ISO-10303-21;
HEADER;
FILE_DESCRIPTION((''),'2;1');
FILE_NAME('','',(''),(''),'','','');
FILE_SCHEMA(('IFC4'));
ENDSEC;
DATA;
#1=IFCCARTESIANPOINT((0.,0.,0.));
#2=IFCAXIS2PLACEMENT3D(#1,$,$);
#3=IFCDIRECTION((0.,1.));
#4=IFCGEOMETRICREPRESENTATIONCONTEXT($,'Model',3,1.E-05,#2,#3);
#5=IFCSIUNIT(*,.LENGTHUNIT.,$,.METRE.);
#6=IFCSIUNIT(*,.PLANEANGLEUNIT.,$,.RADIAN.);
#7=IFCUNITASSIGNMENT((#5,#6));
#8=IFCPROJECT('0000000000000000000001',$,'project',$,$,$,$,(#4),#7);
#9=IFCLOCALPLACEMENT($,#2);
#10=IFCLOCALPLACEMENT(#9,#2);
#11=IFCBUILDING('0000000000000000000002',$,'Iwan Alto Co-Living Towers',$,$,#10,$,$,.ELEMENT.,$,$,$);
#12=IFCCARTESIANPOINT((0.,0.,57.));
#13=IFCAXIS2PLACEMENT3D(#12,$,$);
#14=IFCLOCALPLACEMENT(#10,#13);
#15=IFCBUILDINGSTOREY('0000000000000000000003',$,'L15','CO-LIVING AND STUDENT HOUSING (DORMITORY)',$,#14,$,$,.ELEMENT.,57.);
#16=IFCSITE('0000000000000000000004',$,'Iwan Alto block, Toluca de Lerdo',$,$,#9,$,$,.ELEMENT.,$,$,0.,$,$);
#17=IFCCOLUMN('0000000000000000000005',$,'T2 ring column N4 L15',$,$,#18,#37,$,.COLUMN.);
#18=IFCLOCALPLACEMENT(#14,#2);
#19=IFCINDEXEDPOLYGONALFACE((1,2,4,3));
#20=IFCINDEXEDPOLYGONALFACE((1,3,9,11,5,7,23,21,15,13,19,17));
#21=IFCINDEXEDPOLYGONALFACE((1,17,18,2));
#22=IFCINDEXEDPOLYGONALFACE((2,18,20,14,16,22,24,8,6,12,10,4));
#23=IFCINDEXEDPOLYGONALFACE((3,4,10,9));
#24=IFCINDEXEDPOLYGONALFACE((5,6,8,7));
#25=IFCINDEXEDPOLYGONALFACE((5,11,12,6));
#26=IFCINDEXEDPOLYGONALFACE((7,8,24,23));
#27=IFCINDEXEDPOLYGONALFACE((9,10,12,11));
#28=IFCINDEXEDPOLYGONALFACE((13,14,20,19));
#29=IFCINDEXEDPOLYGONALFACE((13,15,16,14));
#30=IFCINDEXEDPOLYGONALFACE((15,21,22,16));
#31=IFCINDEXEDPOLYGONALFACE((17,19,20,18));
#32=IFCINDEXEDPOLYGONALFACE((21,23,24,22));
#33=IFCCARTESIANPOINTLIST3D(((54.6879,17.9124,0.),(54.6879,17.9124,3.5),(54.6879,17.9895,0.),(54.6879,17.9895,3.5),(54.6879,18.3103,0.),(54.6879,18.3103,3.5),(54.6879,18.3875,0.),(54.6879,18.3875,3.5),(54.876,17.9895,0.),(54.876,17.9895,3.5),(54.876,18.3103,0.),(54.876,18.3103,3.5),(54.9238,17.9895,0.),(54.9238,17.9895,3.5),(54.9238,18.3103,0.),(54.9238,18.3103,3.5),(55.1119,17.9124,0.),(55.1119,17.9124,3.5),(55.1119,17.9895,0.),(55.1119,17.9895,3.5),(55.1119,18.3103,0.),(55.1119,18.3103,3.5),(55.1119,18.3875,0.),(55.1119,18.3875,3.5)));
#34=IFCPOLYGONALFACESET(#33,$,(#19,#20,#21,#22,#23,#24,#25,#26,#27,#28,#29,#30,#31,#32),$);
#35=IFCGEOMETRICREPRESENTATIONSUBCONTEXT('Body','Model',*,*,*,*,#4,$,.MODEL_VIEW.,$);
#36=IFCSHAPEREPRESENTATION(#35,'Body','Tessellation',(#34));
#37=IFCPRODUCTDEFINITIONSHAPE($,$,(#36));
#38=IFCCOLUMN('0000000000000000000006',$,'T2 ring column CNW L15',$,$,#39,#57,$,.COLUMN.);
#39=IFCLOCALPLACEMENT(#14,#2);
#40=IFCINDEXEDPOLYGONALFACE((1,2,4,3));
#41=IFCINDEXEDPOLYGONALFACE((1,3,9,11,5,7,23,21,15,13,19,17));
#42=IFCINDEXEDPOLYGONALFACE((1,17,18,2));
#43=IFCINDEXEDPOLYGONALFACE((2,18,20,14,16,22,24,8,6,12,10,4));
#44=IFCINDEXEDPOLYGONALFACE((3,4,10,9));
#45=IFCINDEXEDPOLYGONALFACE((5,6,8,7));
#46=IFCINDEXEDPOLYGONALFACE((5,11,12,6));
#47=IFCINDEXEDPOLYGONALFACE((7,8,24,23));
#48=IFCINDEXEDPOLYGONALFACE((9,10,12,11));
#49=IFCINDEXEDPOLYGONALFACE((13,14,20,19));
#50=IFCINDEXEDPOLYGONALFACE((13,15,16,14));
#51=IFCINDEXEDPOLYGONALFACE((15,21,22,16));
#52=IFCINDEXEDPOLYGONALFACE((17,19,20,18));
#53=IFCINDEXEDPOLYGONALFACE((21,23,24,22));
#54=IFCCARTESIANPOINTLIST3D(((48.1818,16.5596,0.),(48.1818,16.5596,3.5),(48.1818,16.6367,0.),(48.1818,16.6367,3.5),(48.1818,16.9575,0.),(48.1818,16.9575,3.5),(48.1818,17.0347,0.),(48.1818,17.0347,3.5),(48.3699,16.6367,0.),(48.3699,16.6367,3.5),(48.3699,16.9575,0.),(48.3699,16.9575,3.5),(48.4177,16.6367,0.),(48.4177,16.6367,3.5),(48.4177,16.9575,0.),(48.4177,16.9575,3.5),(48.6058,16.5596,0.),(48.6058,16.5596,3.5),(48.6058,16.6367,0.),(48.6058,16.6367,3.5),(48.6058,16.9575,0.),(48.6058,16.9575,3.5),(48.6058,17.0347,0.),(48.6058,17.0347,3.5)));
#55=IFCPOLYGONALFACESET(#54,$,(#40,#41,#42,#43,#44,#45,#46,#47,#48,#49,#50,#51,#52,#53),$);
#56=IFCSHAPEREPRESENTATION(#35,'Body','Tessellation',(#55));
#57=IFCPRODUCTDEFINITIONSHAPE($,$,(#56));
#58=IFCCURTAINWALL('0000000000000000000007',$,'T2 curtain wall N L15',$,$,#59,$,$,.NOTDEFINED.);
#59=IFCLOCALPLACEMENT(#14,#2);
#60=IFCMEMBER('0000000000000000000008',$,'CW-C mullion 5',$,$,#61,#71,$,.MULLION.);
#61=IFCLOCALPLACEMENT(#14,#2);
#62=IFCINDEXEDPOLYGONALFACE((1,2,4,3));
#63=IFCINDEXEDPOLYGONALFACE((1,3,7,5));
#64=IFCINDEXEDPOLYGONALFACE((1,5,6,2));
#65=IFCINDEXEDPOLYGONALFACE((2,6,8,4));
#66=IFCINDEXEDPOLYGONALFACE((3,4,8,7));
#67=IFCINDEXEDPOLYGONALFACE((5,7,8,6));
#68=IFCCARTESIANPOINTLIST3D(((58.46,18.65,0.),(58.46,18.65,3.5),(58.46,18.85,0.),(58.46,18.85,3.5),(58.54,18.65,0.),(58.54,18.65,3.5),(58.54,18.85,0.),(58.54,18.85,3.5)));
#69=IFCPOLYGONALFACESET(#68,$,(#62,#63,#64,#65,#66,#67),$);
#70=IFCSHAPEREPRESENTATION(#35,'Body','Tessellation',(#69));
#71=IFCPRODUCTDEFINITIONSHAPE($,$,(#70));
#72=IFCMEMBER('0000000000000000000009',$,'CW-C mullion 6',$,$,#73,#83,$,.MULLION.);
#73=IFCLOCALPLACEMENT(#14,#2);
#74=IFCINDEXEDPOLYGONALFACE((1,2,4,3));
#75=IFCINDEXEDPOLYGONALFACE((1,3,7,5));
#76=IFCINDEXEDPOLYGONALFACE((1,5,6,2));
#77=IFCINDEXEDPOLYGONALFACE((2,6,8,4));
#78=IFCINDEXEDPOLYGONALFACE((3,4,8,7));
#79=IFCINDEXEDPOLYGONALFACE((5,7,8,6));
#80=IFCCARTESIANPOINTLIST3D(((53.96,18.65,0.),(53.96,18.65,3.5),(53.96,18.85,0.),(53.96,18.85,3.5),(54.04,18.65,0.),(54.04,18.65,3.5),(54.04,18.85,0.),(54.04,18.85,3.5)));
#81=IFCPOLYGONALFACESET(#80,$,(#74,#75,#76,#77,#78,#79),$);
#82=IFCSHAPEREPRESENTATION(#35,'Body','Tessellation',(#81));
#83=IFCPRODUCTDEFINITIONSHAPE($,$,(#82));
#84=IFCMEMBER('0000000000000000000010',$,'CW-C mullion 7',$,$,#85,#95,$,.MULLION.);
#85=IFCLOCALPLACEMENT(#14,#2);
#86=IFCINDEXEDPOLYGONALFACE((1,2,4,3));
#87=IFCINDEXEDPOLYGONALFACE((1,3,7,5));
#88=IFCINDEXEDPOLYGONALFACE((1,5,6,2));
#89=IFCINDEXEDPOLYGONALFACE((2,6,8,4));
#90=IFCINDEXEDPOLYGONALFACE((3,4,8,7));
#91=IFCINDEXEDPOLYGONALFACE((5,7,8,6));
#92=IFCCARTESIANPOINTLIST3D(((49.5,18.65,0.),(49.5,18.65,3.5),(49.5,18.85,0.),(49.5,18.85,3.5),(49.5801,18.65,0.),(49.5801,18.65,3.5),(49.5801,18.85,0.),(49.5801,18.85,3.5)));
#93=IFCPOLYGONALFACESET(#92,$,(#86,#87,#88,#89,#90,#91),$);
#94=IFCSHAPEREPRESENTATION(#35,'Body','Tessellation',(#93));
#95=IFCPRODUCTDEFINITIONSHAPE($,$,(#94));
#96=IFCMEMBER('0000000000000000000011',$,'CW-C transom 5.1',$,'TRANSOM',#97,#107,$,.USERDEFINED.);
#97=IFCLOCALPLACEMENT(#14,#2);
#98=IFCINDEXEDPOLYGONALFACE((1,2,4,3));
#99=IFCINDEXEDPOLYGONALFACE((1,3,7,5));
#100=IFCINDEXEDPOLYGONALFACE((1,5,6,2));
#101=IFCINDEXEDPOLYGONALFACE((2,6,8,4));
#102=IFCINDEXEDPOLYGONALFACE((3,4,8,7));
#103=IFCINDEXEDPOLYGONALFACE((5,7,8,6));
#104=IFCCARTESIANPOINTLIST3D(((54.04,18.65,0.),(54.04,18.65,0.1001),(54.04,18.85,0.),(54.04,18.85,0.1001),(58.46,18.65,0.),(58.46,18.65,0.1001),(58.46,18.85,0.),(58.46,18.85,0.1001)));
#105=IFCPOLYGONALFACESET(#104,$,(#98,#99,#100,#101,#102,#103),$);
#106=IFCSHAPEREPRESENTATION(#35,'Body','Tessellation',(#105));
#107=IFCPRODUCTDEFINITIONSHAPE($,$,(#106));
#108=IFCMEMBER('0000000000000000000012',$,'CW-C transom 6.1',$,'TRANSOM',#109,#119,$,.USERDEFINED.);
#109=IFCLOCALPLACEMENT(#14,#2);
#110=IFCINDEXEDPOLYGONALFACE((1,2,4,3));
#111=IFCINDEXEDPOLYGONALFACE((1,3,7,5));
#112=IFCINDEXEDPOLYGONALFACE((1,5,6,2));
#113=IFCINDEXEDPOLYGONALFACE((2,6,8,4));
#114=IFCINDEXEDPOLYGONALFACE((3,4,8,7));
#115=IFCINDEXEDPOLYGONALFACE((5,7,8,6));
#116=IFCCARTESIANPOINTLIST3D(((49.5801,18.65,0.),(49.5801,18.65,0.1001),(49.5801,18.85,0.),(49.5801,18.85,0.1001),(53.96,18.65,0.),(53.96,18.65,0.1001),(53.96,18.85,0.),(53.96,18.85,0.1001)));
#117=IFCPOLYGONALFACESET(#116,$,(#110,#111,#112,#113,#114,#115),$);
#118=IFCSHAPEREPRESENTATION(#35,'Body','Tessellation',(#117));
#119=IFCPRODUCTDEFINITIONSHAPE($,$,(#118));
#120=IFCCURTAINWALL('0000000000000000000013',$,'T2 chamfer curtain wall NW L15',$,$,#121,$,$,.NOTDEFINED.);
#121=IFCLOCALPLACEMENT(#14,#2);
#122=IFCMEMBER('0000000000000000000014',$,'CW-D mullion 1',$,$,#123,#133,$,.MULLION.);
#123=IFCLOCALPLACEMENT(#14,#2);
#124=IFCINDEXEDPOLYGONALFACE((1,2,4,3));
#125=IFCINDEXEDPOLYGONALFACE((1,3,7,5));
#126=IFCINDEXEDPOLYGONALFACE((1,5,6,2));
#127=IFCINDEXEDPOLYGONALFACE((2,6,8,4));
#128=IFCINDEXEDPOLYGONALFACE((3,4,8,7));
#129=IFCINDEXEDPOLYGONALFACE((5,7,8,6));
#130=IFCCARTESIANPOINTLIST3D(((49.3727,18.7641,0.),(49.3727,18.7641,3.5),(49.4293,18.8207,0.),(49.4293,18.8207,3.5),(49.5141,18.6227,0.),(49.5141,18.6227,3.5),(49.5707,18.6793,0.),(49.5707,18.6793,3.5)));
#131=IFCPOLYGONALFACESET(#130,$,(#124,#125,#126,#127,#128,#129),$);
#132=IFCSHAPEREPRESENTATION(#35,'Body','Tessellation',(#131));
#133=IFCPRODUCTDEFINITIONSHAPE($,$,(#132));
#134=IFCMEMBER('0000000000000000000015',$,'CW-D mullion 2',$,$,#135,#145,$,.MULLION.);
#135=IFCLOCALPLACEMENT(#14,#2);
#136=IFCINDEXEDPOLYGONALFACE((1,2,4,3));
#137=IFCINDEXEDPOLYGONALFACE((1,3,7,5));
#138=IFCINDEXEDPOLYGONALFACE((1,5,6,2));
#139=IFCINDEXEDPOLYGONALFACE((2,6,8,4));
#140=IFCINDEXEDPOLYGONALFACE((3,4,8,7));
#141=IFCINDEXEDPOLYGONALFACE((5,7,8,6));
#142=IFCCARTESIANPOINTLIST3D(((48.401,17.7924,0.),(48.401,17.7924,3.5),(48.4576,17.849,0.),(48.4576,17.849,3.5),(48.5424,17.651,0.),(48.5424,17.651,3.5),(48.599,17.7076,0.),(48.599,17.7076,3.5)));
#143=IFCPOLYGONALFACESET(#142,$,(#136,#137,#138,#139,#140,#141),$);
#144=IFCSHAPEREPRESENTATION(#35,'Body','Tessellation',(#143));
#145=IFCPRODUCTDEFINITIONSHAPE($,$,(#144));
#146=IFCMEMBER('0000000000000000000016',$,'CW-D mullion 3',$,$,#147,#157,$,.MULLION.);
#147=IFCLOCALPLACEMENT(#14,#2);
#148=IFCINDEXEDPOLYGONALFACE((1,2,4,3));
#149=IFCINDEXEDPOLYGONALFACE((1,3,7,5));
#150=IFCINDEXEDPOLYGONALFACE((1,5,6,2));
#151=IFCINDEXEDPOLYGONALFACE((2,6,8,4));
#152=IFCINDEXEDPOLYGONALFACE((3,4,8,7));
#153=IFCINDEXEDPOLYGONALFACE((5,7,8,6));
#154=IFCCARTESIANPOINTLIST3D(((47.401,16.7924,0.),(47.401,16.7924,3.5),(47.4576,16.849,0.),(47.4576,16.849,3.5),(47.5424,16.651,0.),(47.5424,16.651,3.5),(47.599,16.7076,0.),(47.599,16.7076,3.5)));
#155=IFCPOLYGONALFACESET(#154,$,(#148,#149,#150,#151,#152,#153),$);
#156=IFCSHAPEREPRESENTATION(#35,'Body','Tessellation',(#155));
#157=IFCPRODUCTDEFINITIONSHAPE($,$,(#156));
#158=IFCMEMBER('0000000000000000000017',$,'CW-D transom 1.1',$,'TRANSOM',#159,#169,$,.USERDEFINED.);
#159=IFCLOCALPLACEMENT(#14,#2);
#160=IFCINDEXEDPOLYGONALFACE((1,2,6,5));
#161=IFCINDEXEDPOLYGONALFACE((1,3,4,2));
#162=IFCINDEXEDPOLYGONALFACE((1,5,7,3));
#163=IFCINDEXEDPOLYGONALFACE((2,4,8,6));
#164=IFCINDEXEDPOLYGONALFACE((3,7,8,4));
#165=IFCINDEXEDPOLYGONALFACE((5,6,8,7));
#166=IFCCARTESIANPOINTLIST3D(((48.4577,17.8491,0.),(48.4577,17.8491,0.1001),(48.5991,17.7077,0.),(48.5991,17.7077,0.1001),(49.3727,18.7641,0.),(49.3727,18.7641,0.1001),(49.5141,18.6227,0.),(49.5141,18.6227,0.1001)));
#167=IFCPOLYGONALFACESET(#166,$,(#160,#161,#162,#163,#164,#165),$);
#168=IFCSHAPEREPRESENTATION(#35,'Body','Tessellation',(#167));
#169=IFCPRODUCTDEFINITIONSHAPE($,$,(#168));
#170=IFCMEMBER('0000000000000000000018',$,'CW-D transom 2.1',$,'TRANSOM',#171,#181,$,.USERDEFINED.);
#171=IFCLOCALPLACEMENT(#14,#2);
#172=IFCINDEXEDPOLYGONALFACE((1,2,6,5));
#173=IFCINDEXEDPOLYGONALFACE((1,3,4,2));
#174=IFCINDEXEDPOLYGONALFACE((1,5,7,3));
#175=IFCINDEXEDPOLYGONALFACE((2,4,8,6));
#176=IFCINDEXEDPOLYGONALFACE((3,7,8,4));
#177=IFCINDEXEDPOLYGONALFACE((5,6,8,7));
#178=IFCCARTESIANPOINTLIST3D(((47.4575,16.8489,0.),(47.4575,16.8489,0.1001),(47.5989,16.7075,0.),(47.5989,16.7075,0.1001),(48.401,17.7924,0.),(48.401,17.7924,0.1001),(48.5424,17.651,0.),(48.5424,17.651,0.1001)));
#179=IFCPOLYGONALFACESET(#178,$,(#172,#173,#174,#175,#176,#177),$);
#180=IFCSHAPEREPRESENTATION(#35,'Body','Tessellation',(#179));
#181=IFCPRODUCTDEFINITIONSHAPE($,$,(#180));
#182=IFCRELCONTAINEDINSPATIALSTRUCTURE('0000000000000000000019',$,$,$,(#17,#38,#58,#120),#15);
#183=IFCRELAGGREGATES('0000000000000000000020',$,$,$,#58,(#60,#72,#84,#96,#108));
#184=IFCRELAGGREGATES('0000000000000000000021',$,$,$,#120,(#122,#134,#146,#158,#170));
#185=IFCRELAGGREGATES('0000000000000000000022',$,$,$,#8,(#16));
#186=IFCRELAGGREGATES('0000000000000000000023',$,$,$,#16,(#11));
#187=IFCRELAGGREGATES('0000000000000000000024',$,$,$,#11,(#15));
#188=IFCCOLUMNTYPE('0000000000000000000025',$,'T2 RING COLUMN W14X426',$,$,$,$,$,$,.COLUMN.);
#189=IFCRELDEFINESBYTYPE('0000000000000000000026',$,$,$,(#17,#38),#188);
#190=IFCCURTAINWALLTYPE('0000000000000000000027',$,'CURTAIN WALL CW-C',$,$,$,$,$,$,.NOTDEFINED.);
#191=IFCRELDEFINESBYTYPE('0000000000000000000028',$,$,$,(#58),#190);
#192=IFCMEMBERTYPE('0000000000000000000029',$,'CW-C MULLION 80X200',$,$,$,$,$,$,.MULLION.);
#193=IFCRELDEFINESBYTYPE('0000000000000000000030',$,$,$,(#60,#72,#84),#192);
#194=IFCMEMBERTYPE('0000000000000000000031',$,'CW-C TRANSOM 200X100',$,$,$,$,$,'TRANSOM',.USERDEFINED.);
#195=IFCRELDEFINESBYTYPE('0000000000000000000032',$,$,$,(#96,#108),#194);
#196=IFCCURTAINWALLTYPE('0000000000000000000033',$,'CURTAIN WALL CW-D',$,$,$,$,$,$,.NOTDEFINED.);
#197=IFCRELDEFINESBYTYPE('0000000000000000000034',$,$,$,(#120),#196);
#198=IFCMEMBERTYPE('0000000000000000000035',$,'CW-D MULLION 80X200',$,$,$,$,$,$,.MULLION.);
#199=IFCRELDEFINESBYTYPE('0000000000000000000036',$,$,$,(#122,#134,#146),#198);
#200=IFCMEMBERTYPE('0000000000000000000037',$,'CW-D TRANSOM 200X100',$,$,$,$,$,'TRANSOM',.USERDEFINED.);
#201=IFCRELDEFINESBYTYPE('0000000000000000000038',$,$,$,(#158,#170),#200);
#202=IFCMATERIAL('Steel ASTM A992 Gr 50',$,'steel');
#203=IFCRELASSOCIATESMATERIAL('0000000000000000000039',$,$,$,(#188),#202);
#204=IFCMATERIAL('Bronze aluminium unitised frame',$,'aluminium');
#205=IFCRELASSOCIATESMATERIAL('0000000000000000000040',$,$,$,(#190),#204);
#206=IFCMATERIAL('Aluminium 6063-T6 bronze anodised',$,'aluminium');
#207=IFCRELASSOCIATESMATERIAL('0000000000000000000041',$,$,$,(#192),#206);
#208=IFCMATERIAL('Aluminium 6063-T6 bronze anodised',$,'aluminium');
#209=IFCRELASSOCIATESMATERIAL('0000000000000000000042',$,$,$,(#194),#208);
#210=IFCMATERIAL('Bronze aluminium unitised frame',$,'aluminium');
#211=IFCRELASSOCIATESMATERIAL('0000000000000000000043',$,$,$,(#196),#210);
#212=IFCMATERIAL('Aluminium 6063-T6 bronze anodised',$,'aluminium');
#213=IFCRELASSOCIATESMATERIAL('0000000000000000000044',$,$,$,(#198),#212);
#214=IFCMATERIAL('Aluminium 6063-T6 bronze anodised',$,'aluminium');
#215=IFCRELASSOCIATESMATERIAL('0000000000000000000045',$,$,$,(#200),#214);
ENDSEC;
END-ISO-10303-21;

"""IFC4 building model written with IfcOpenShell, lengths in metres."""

from ifc_helpers import new_model, si_unit, direction, frame, origin, origin_2d, place, context, subcontext, project, spatial, rectangle, i_section, extrude, material, material_profile, profile_set, type_object, element, aggregate, save


model = new_model("IFC4")

# Units and contexts
model_context = context("Model", 3, precision=1e-05, world=origin(), true_north=direction((0.0, 1.0)))
body_context = subcontext(model_context, "Body", "Model", "MODEL_VIEW")
ifc_project = project(units=[si_unit("LENGTHUNIT", "METRE"), si_unit("PLANEANGLEUNIT", "RADIAN")], contexts=[model_context])

# Site, building, storey
site_placement = place(None, origin())
site = spatial("IfcSite", under=ifc_project, at=site_placement, Name="Iwan Alto block, Toluca de Lerdo", CompositionType="ELEMENT", RefElevation=0.0)
building_placement = place(site_placement, origin())
building = spatial("IfcBuilding", under=site, at=building_placement, Name="Iwan Alto Co-Living Towers", CompositionType="ELEMENT")
storey_placement = place(building_placement, frame((0.0, 0.0, 57.0)))
storey = spatial("IfcBuildingStorey", under=building, at=storey_placement, Name="L15", Description="CO-LIVING AND STUDENT HOUSING (DORMITORY)", CompositionType="ELEMENT", Elevation=57.0)

# Columns
ifc_material_1 = material(Name="Steel ASTM A992 Gr 50", Category="steel")
ifc_material_profile_1 = material_profile(ifc_material_1, i_section(OverallWidth=0.4241, OverallDepth=0.4751, WebThickness=0.0479, FlangeThickness=0.0771, at=origin_2d()), Name="W14X426")
ifc_profile_set_1 = profile_set([ifc_material_profile_1], Name="Steel ASTM A992 Gr 50")
column_type = type_object("IfcColumnType", Name="T2 RING COLUMN W14X426", PredefinedType="COLUMN", material=ifc_profile_set_1)
for number, where, z_axis, x_axis, name in (
    (1, (54.8999, 18.1499, 0.0), (0.0, 0.0, 1.0), (1.0, 0.0, 0.0), "T2 ring column N4 L15"),
    (2, (48.3938, 16.7971, 0.0), (0.0, 0.0, 1.0), (1.0, 0.0, 0.0), "T2 ring column CNW L15"),
):
    element("IfcColumn", number, at=place(storey_placement, frame(where, z_axis=z_axis, x_axis=x_axis)), inside=storey, type_object=column_type, Name=name, PredefinedType="COLUMN", context=body_context, shape_type="SweptSolid", body=[
        extrude(i_section(OverallWidth=0.4241, OverallDepth=0.4751, WebThickness=0.0479, FlangeThickness=0.0771, at=origin_2d()), origin(), (0.0, 0.0, 1.0), 3.5),
    ])

# Curtain walls, members
ifc_material_2 = material(Name="Bronze aluminium unitised frame", Category="aluminium")
curtain_wall_type_1 = type_object("IfcCurtainWallType", Name="CURTAIN WALL CW-C", PredefinedType="NOTDEFINED", material=ifc_material_2)
curtain_wall_1_placement = place(storey_placement, origin())
curtain_wall_1 = element("IfcCurtainWall", 3, at=curtain_wall_1_placement, inside=storey, type_object=curtain_wall_type_1, Name="T2 curtain wall N L15", PredefinedType="NOTDEFINED")
ifc_material_3 = material(Name="Aluminium 6063-T6 bronze anodised", Category="aluminium")
ifc_material_profile_2 = material_profile(ifc_material_3, rectangle(XDim=0.2, YDim=0.0801, at=origin_2d()), Name="AL 80X200")
ifc_profile_set_2 = profile_set([ifc_material_profile_2], Name="Aluminium 6063-T6 bronze anodised")
member_type_1 = type_object("IfcMemberType", Name="CW-C MULLION 80X200", PredefinedType="MULLION", material=ifc_profile_set_2)
member_1_placement = place(storey_placement, frame((58.5, 18.75, 0.0), z_axis=(0.0, 0.0, 1.0), x_axis=(0.0, -1.0, 0.0)))
member_1 = element("IfcMember", 4, at=member_1_placement, type_object=member_type_1, Name="CW-C mullion 5", PredefinedType="MULLION", context=body_context, shape_type="SweptSolid", body=[
    extrude(rectangle(XDim=0.2, YDim=0.0801, at=origin_2d()), origin(), (0.0, 0.0, 1.0), 3.5),
])
member_2_placement = place(storey_placement, frame((54.0, 18.75, 0.0), z_axis=(0.0, 0.0, 1.0), x_axis=(0.0, -1.0, 0.0)))
member_2 = element("IfcMember", 5, at=member_2_placement, type_object=member_type_1, Name="CW-C mullion 6", PredefinedType="MULLION", context=body_context, shape_type="SweptSolid", body=[
    extrude(rectangle(XDim=0.2, YDim=0.0801, at=origin_2d()), origin(), (0.0, 0.0, 1.0), 3.5),
])
member_3_placement = place(storey_placement, frame((49.54, 18.75, 0.0), z_axis=(0.0, 0.0, 1.0), x_axis=(0.0, -1.0, 0.0)))
member_3 = element("IfcMember", 6, at=member_3_placement, type_object=member_type_1, Name="CW-C mullion 7", PredefinedType="MULLION", context=body_context, shape_type="SweptSolid", body=[
    extrude(rectangle(XDim=0.2, YDim=0.0801, at=origin_2d()), origin(), (0.0, 0.0, 1.0), 3.5),
])
ifc_material_4 = material(Name="Aluminium 6063-T6 bronze anodised", Category="aluminium")
ifc_material_profile_3 = material_profile(ifc_material_4, rectangle(XDim=0.2, YDim=0.1001, at=origin_2d()), Name="AL 200X100")
ifc_profile_set_3 = profile_set([ifc_material_profile_3], Name="Aluminium 6063-T6 bronze anodised")
member_type_2 = type_object("IfcMemberType", Name="CW-C TRANSOM 200X100", ElementType="TRANSOM", PredefinedType="USERDEFINED", material=ifc_profile_set_3)
member_4_placement = place(storey_placement, frame((58.46, 18.75, 0.05), z_axis=(-1.0, 0.0, 0.0), x_axis=(0.0, -1.0, 0.0)))
member_4 = element("IfcMember", 7, at=member_4_placement, type_object=member_type_2, Name="CW-C transom 5.1", ObjectType="TRANSOM", PredefinedType="USERDEFINED", context=body_context, shape_type="SweptSolid", body=[
    extrude(rectangle(XDim=0.2, YDim=0.1001, at=origin_2d()), origin(), (0.0, 0.0, 1.0), 4.4199),
])
member_5_placement = place(storey_placement, frame((53.96, 18.75, 0.05), z_axis=(-1.0, 0.0, 0.0), x_axis=(0.0, -1.0, 0.0)))
member_5 = element("IfcMember", 8, at=member_5_placement, type_object=member_type_2, Name="CW-C transom 6.1", ObjectType="TRANSOM", PredefinedType="USERDEFINED", context=body_context, shape_type="SweptSolid", body=[
    extrude(rectangle(XDim=0.2, YDim=0.1001, at=origin_2d()), origin(), (0.0, 0.0, 1.0), 4.3799),
])
ifc_material_5 = material(Name="Bronze aluminium unitised frame", Category="aluminium")
curtain_wall_type_2 = type_object("IfcCurtainWallType", Name="CURTAIN WALL CW-D", PredefinedType="NOTDEFINED", material=ifc_material_5)
curtain_wall_2_placement = place(storey_placement, origin())
curtain_wall_2 = element("IfcCurtainWall", 9, at=curtain_wall_2_placement, inside=storey, type_object=curtain_wall_type_2, Name="T2 chamfer curtain wall NW L15", PredefinedType="NOTDEFINED")
ifc_material_6 = material(Name="Aluminium 6063-T6 bronze anodised", Category="aluminium")
ifc_material_profile_4 = material_profile(ifc_material_6, rectangle(XDim=0.2, YDim=0.0801, at=origin_2d()), Name="AL 80X200")
ifc_profile_set_4 = profile_set([ifc_material_profile_4], Name="Aluminium 6063-T6 bronze anodised")
member_type_3 = type_object("IfcMemberType", Name="CW-D MULLION 80X200", PredefinedType="MULLION", material=ifc_profile_set_4)
member_6_placement = place(storey_placement, frame((49.4717, 18.7217, 0.0), z_axis=(0.0, 0.0, 1.0), x_axis=(0.707107, -0.707107, 0.0)))
member_6 = element("IfcMember", 10, at=member_6_placement, type_object=member_type_3, Name="CW-D mullion 1", PredefinedType="MULLION", context=body_context, shape_type="SweptSolid", body=[
    extrude(rectangle(XDim=0.2, YDim=0.0801, at=origin_2d()), origin(), (0.0, 0.0, 1.0), 3.5),
])
member_7_placement = place(storey_placement, frame((48.5, 17.75, 0.0), z_axis=(0.0, 0.0, 1.0), x_axis=(0.707107, -0.707107, 0.0)))
member_7 = element("IfcMember", 11, at=member_7_placement, type_object=member_type_3, Name="CW-D mullion 2", PredefinedType="MULLION", context=body_context, shape_type="SweptSolid", body=[
    extrude(rectangle(XDim=0.2, YDim=0.0801, at=origin_2d()), origin(), (0.0, 0.0, 1.0), 3.5),
])
member_8_placement = place(storey_placement, frame((47.5, 16.75, 0.0), z_axis=(0.0, 0.0, 1.0), x_axis=(0.707107, -0.707107, 0.0)))
member_8 = element("IfcMember", 12, at=member_8_placement, type_object=member_type_3, Name="CW-D mullion 3", PredefinedType="MULLION", context=body_context, shape_type="SweptSolid", body=[
    extrude(rectangle(XDim=0.2, YDim=0.0801, at=origin_2d()), origin(), (0.0, 0.0, 1.0), 3.5),
])
ifc_material_7 = material(Name="Aluminium 6063-T6 bronze anodised", Category="aluminium")
ifc_material_profile_5 = material_profile(ifc_material_7, rectangle(XDim=0.2, YDim=0.1001, at=origin_2d()), Name="AL 200X100")
ifc_profile_set_5 = profile_set([ifc_material_profile_5], Name="Aluminium 6063-T6 bronze anodised")
member_type_4 = type_object("IfcMemberType", Name="CW-D TRANSOM 200X100", ElementType="TRANSOM", PredefinedType="USERDEFINED", material=ifc_profile_set_5)
member_9_placement = place(storey_placement, frame((49.4434, 18.6934, 0.05), z_axis=(-0.707107, -0.707107, 0.0), x_axis=(0.707107, -0.707107, 0.0)))
member_9 = element("IfcMember", 13, at=member_9_placement, type_object=member_type_4, Name="CW-D transom 1.1", ObjectType="TRANSOM", PredefinedType="USERDEFINED", context=body_context, shape_type="SweptSolid", body=[
    extrude(rectangle(XDim=0.2, YDim=0.1001, at=origin_2d()), origin(), (0.0, 0.0, 1.0), 1.2939),
])
member_10_placement = place(storey_placement, frame((48.4717, 17.7217, 0.05), z_axis=(-0.707107, -0.707107, 0.0), x_axis=(0.707107, -0.707107, 0.0)))
member_10 = element("IfcMember", 14, at=member_10_placement, type_object=member_type_4, Name="CW-D transom 2.1", ObjectType="TRANSOM", PredefinedType="USERDEFINED", context=body_context, shape_type="SweptSolid", body=[
    extrude(rectangle(XDim=0.2, YDim=0.1001, at=origin_2d()), origin(), (0.0, 0.0, 1.0), 1.3342),
])

aggregate(curtain_wall_1, [member_1, member_2, member_3, member_4, member_5])
aggregate(curtain_wall_2, [member_6, member_7, member_8, member_9, member_10])

save(model, "model.ifc")
